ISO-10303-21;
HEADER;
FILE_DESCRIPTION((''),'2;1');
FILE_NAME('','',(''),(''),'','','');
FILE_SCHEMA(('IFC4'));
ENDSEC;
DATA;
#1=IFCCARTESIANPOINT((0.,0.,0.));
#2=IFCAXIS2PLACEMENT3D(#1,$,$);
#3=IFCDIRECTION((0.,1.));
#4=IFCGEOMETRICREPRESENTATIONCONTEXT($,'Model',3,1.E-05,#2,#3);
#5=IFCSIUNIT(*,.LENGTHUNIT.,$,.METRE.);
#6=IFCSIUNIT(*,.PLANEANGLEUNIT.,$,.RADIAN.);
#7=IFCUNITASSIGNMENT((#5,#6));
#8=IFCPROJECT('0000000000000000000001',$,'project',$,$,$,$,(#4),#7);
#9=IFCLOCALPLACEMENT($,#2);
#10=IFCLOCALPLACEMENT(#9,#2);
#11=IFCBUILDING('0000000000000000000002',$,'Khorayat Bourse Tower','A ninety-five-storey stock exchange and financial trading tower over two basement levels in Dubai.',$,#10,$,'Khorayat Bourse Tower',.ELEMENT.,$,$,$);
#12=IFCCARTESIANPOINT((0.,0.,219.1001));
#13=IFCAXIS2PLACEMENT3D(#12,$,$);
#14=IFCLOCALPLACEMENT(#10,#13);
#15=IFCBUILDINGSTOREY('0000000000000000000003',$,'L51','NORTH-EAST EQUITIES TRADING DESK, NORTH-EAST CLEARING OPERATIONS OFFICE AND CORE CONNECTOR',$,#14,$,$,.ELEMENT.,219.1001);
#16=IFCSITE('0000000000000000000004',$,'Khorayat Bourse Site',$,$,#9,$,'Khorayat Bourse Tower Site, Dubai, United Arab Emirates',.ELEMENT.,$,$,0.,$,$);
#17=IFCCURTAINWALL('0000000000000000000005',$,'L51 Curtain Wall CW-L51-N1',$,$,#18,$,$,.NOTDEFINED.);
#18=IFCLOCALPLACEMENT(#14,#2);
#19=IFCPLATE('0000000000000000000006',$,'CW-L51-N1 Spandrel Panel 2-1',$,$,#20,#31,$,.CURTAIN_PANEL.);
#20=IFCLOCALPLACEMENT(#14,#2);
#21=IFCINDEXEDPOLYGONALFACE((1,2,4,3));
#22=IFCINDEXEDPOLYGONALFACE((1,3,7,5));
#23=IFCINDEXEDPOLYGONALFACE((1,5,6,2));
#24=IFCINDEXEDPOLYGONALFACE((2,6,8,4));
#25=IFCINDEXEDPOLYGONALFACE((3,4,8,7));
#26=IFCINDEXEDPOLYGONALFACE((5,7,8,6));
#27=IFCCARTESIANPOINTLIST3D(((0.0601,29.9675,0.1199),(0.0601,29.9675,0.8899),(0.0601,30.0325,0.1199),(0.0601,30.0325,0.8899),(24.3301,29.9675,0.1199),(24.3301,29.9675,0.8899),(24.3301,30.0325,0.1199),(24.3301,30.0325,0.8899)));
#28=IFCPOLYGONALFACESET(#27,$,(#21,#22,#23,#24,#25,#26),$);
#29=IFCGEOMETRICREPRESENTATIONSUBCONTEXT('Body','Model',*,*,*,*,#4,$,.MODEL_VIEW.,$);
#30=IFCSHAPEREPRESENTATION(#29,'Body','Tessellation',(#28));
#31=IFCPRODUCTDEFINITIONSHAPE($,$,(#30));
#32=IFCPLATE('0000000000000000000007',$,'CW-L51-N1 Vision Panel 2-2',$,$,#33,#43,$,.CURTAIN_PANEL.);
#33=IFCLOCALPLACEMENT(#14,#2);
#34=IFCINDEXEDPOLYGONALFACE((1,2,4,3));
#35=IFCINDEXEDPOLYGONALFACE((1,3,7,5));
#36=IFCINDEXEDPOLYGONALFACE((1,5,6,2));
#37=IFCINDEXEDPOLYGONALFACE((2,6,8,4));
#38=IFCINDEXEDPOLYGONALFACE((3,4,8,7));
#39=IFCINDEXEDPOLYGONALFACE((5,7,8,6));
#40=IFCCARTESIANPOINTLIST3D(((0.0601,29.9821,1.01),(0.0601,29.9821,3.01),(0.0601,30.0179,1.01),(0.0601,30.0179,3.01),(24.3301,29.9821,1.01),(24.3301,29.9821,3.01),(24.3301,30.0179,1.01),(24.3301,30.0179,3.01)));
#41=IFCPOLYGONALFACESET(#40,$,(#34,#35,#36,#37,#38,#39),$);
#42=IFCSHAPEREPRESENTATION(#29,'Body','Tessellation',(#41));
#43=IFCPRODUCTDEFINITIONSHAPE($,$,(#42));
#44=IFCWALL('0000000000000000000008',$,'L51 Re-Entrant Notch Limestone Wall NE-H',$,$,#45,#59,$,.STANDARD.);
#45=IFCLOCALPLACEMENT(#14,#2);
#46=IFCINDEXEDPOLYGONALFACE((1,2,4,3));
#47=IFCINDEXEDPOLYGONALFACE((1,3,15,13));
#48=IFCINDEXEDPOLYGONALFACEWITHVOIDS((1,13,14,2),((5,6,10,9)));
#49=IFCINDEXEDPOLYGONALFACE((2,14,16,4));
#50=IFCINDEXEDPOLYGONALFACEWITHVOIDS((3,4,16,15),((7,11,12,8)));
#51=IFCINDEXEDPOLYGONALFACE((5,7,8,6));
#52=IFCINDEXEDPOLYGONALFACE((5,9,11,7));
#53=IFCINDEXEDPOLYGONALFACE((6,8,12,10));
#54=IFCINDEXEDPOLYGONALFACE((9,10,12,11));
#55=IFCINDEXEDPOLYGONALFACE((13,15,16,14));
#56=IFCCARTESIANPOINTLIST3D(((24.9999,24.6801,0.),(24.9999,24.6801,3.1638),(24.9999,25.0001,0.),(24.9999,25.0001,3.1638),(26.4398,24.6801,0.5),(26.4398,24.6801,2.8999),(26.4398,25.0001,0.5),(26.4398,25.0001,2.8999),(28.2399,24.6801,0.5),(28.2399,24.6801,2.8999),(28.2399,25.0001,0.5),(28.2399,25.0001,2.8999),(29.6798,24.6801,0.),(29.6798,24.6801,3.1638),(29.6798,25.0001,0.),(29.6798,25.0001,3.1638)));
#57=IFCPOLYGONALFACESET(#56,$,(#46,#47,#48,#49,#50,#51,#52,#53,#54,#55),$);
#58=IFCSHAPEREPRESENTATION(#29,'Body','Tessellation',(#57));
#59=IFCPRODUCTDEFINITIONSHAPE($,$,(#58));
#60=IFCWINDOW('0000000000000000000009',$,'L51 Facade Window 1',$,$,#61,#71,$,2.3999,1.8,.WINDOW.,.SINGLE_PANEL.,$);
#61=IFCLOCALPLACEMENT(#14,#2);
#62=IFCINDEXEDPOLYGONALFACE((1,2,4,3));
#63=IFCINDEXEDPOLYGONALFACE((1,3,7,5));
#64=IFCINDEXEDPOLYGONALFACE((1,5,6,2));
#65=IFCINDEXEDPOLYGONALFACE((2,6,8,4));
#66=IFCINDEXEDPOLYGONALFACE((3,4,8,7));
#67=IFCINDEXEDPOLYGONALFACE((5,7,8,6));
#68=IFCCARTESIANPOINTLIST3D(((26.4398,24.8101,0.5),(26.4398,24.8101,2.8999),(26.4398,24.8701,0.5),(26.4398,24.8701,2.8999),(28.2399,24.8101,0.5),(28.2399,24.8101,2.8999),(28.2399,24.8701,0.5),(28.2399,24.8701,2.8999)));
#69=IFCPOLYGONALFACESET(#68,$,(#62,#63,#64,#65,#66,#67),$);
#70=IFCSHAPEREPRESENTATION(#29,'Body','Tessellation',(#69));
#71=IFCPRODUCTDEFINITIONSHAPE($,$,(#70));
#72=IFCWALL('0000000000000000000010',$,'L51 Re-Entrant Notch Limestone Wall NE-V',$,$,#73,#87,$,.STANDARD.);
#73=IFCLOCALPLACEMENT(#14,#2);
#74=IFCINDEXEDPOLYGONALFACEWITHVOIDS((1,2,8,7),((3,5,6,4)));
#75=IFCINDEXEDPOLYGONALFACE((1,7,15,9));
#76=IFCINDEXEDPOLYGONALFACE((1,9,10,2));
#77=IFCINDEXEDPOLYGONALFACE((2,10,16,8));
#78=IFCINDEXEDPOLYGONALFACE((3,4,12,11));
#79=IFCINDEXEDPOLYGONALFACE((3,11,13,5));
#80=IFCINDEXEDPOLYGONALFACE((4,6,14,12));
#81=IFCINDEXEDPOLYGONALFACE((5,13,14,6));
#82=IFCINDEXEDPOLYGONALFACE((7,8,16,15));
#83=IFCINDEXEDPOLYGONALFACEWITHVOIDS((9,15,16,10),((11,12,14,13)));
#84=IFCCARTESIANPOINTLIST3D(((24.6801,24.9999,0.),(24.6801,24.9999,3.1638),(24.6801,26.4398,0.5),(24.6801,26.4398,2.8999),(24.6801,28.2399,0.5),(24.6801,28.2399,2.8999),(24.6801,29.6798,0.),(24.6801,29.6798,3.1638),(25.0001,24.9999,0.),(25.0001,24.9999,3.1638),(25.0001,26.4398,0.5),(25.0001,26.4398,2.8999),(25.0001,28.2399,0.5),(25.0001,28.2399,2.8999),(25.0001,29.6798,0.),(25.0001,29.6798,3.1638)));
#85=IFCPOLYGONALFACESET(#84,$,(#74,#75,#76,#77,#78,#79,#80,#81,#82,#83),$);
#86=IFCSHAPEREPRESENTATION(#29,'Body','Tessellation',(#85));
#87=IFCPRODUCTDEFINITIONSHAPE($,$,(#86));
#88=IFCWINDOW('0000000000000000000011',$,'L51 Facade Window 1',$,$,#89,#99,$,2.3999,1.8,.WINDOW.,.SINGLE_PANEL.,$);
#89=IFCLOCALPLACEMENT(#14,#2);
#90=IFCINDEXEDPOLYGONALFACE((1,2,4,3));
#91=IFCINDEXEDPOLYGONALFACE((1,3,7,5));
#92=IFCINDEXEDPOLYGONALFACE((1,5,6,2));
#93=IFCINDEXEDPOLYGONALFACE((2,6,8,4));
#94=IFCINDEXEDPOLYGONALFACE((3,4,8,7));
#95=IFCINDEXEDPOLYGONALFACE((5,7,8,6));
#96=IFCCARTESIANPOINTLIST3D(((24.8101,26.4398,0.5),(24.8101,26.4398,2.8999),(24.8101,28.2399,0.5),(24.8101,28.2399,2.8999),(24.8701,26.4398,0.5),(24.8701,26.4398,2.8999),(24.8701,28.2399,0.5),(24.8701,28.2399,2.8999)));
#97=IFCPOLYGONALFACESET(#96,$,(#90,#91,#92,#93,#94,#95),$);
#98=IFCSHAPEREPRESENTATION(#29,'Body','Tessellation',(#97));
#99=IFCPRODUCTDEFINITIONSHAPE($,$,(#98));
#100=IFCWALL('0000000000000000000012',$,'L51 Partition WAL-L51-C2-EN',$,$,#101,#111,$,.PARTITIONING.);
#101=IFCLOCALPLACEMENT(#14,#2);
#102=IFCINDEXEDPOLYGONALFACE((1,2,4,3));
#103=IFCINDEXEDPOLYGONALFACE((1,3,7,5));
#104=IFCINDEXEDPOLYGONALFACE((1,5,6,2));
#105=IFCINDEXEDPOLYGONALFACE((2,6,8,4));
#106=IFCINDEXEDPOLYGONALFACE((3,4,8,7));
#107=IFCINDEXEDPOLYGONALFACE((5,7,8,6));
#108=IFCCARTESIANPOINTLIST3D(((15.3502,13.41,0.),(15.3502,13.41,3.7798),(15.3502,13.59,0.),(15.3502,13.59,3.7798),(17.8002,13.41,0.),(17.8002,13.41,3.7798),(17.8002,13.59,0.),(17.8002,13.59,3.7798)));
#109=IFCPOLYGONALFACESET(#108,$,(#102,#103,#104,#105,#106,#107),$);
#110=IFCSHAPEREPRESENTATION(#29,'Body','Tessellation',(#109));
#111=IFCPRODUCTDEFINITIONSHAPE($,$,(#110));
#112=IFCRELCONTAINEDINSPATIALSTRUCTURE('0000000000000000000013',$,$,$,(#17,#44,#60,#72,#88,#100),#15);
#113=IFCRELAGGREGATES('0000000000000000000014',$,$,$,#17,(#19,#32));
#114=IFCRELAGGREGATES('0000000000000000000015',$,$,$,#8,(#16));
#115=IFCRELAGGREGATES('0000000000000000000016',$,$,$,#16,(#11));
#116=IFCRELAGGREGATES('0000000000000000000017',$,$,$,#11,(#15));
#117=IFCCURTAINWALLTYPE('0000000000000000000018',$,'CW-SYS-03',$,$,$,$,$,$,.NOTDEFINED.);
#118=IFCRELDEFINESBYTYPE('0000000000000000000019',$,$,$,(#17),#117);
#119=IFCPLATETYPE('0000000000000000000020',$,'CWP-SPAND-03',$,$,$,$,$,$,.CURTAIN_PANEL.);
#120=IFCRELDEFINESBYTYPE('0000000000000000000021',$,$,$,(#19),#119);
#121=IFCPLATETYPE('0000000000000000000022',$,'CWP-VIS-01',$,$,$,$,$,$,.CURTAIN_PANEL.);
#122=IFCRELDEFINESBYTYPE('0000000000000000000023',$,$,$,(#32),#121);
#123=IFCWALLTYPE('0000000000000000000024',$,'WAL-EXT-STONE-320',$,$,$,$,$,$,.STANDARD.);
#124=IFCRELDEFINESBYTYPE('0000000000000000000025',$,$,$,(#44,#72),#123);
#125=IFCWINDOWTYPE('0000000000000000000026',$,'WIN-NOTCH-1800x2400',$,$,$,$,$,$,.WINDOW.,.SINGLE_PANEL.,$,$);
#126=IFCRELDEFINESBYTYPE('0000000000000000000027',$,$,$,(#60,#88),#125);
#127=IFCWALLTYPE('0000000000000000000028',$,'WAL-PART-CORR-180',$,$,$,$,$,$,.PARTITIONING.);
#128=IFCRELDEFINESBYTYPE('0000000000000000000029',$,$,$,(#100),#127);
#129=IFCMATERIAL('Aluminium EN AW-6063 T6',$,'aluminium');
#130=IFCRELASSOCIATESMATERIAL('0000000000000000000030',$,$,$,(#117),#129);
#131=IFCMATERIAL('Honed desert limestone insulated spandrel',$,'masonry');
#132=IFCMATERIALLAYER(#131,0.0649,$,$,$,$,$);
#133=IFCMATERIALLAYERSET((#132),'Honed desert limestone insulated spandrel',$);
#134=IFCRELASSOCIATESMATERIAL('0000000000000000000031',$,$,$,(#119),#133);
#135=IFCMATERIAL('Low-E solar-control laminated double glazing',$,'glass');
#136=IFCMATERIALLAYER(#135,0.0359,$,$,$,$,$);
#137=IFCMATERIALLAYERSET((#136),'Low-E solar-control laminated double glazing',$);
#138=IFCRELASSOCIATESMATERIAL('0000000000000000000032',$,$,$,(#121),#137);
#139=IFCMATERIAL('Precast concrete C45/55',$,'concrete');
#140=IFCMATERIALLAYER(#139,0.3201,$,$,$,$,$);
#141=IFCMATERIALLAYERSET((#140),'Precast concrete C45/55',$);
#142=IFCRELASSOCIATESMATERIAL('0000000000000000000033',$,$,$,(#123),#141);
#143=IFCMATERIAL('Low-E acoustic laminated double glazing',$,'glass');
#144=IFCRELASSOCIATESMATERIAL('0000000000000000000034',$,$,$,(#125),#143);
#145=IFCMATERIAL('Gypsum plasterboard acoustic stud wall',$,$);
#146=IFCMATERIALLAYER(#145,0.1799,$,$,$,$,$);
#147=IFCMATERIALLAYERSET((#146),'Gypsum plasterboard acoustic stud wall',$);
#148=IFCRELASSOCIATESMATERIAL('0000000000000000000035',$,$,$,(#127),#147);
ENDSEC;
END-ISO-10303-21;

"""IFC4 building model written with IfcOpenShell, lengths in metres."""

from ifc_helpers import new_model, si_unit, direction, frame, frame_2d, origin, origin_2d, place, context, subcontext, project, spatial, rectangle, extrude, source, transform, mapped, material, layer, layer_set, type_object, element, fill, aggregate, save


model = new_model("IFC4")

# Units and contexts
model_context = context("Model", 3, precision=1e-05, world=origin(), true_north=direction((0.0, 1.0)))
body_context = subcontext(model_context, "Body", "Model", "MODEL_VIEW")
ifc_project = project(units=[si_unit("LENGTHUNIT", "METRE"), si_unit("PLANEANGLEUNIT", "RADIAN")], contexts=[model_context])

# Site, building, storey
site_placement = place(None, origin())
site = spatial("IfcSite", under=ifc_project, at=site_placement, Name="Khorayat Bourse Site", LongName="Khorayat Bourse Tower Site, Dubai, United Arab Emirates", CompositionType="ELEMENT", RefElevation=0.0)
building_placement = place(site_placement, origin())
building = spatial("IfcBuilding", under=site, at=building_placement, Name="Khorayat Bourse Tower", Description="A ninety-five-storey stock exchange and financial trading tower over two basement levels in Dubai.", LongName="Khorayat Bourse Tower", CompositionType="ELEMENT")
storey_placement = place(building_placement, frame((0.0, 0.0, 219.1001)))
storey = spatial("IfcBuildingStorey", under=building, at=storey_placement, Name="L51", Description="NORTH-EAST EQUITIES TRADING DESK, NORTH-EAST CLEARING OPERATIONS OFFICE AND CORE CONNECTOR", CompositionType="ELEMENT", Elevation=219.1001)

# Curtain wall
ifc_material_1 = material(Name="Aluminium EN AW-6063 T6", Category="aluminium")
curtain_wall_type = type_object("IfcCurtainWallType", Name="CW-SYS-03", PredefinedType="NOTDEFINED", material=ifc_material_1)
curtain_wall_1_placement = place(storey_placement, origin())
curtain_wall_1 = element("IfcCurtainWall", 1, at=curtain_wall_1_placement, inside=storey, type_object=curtain_wall_type, Name="L51 Curtain Wall CW-L51-N1", PredefinedType="NOTDEFINED")

# Plates
ifc_material_2 = material(Name="Honed desert limestone insulated spandrel", Category="masonry")
ifc_layer_1 = layer(ifc_material_2, 0.0649)
ifc_layer_set_1 = layer_set([ifc_layer_1], Name="Honed desert limestone insulated spandrel")
plate_type_1 = type_object("IfcPlateType", Name="CWP-SPAND-03", PredefinedType="CURTAIN_PANEL", material=ifc_layer_set_1)
shared_shape_1 = source(origin(), body_context, "Body", "SweptSolid", [
    extrude(rectangle(XDim=24.27, YDim=0.0649, at=origin_2d()), origin(), (0.0, 0.0, 1.0), 0.77),
])
plate_1_placement = place(storey_placement, frame((12.1951, 30.0, 0.1199), z_axis=(0.0, 0.0, 1.0), x_axis=(1.0, 0.0, 0.0)))
plate_1 = element("IfcPlate", 2, at=plate_1_placement, type_object=plate_type_1, Name="CW-L51-N1 Spandrel Panel 2-1", PredefinedType="CURTAIN_PANEL", context=body_context, shape_type="MappedRepresentation", body=[
    mapped(shared_shape_1, transform((0.0, 0.0, 0.0), scale=1.0)),
])
ifc_material_3 = material(Name="Low-E solar-control laminated double glazing", Category="glass")
ifc_layer_2 = layer(ifc_material_3, 0.0359)
ifc_layer_set_2 = layer_set([ifc_layer_2], Name="Low-E solar-control laminated double glazing")
plate_type_2 = type_object("IfcPlateType", Name="CWP-VIS-01", PredefinedType="CURTAIN_PANEL", material=ifc_layer_set_2)
shared_shape_2 = source(origin(), body_context, "Body", "SweptSolid", [
    extrude(rectangle(XDim=24.27, YDim=0.0359, at=origin_2d()), origin(), (0.0, 0.0, 1.0), 2.0),
])
plate_2_placement = place(storey_placement, frame((12.1951, 30.0, 1.01), z_axis=(0.0, 0.0, 1.0), x_axis=(1.0, 0.0, 0.0)))
plate_2 = element("IfcPlate", 3, at=plate_2_placement, type_object=plate_type_2, Name="CW-L51-N1 Vision Panel 2-2", PredefinedType="CURTAIN_PANEL", context=body_context, shape_type="MappedRepresentation", body=[
    mapped(shared_shape_2, transform((0.0, 0.0, 0.0), scale=1.0)),
])
aggregate(curtain_wall_1, [plate_1, plate_2])

# Walls, openings, windows
ifc_material_4 = material(Name="Precast concrete C45/55", Category="concrete")
ifc_layer_3 = layer(ifc_material_4, 0.3201)
ifc_layer_set_3 = layer_set([ifc_layer_3], Name="Precast concrete C45/55")
wall_type_1 = type_object("IfcWallType", Name="WAL-EXT-STONE-320", PredefinedType="STANDARD", material=ifc_layer_set_3)
shared_shape_3 = source(origin(), body_context, "Body", "SweptSolid", [
    extrude(rectangle(XDim=4.6799, YDim=0.3201, at=frame_2d((2.3398, 0.0))), origin(), (0.0, 0.0, 1.0), 3.1638),
])
wall_1_placement = place(storey_placement, frame((25.0, 24.8401, 0.0), z_axis=(0.0, 0.0, 1.0), x_axis=(1.0, 0.0, 0.0)))
wall_1 = element("IfcWall", 4, at=wall_1_placement, inside=storey, type_object=wall_type_1, Name="L51 Re-Entrant Notch Limestone Wall NE-H", PredefinedType="STANDARD", context=body_context, shape_type="MappedRepresentation", body=[
    mapped(shared_shape_3, transform((0.0, 0.0, 0.0), scale=1.0)),
])
shared_shape_4 = source(origin(), body_context, "Body", "SweptSolid", [
    extrude(rectangle(XDim=1.8, YDim=2.3999, at=frame_2d((0.8999, 1.2))), frame((0.0, 0.1699, 0.0), z_axis=(0.0, -1.0, 0.0), x_axis=(1.0, 0.0, 0.0)), (0.0, 0.0, 1.0), 0.3401),
])
opening_1_placement = place(wall_1_placement, frame((1.4399, 0.0, 0.5)))
opening_1 = element("IfcOpeningElement", 5, at=opening_1_placement, cuts=wall_1, PredefinedType="OPENING", context=body_context, shape_type="MappedRepresentation", body=[
    mapped(shared_shape_4, transform((0.0, 0.0, 0.0), scale=1.0)),
])
ifc_material_5 = material(Name="Low-E acoustic laminated double glazing", Category="glass")
window_type = type_object("IfcWindowType", Name="WIN-NOTCH-1800x2400", PartitioningType="SINGLE_PANEL", PredefinedType="WINDOW", material=ifc_material_5)
shared_shape_5 = source(origin(), body_context, "Body", "SweptSolid", [
    extrude(rectangle(XDim=1.8, YDim=2.3999, at=frame_2d((0.8999, 1.2))), frame((0.0, 0.03, 0.0), z_axis=(0.0, -1.0, 0.0), x_axis=(1.0, 0.0, 0.0)), (0.0, 0.0, 1.0), 0.0601),
])
window_1_placement = place(opening_1_placement, origin())
window_1 = element("IfcWindow", 6, at=window_1_placement, inside=storey, type_object=window_type, Name="L51 Facade Window 1", OverallHeight=2.3999, OverallWidth=1.8, PartitioningType="SINGLE_PANEL", PredefinedType="WINDOW", context=body_context, shape_type="MappedRepresentation", body=[
    mapped(shared_shape_5, transform((0.0, 0.0, 0.0), scale=1.0)),
])
fill(opening_1, window_1)
wall_2_placement = place(storey_placement, frame((24.8401, 25.0, 0.0), z_axis=(0.0, 0.0, 1.0), x_axis=(0.0, 1.0, 0.0)))
wall_2 = element("IfcWall", 7, at=wall_2_placement, inside=storey, type_object=wall_type_1, Name="L51 Re-Entrant Notch Limestone Wall NE-V", PredefinedType="STANDARD", context=body_context, shape_type="MappedRepresentation", body=[
    mapped(shared_shape_3, transform((0.0, 0.0, 0.0), scale=1.0)),
])
opening_2_placement = place(wall_2_placement, frame((1.4399, 0.0, 0.5)))
opening_2 = element("IfcOpeningElement", 8, at=opening_2_placement, cuts=wall_2, PredefinedType="OPENING", context=body_context, shape_type="MappedRepresentation", body=[
    mapped(shared_shape_4, transform((0.0, 0.0, 0.0), scale=1.0)),
])
window_2_placement = place(opening_2_placement, origin())
window_2 = element("IfcWindow", 9, at=window_2_placement, inside=storey, type_object=window_type, Name="L51 Facade Window 1", OverallHeight=2.3999, OverallWidth=1.8, PartitioningType="SINGLE_PANEL", PredefinedType="WINDOW", context=body_context, shape_type="MappedRepresentation", body=[
    mapped(shared_shape_5, transform((0.0, 0.0, 0.0), scale=1.0)),
])
fill(opening_2, window_2)

# Wall
ifc_material_6 = material(Name="Gypsum plasterboard acoustic stud wall")
ifc_layer_4 = layer(ifc_material_6, 0.1799)
ifc_layer_set_4 = layer_set([ifc_layer_4], Name="Gypsum plasterboard acoustic stud wall")
wall_type_2 = type_object("IfcWallType", Name="WAL-PART-CORR-180", PredefinedType="PARTITIONING", material=ifc_layer_set_4)
shared_shape_6 = source(origin(), body_context, "Body", "SweptSolid", [
    extrude(rectangle(XDim=2.45, YDim=0.1799, at=frame_2d((1.2251, 0.0))), origin(), (0.0, 0.0, 1.0), 3.7798),
])
wall_3_placement = place(storey_placement, frame((15.3501, 13.5, 0.0), z_axis=(0.0, 0.0, 1.0), x_axis=(1.0, 0.0, 0.0)))
element("IfcWall", 10, at=wall_3_placement, inside=storey, type_object=wall_type_2, Name="L51 Partition WAL-L51-C2-EN", PredefinedType="PARTITIONING", context=body_context, shape_type="MappedRepresentation", body=[
    mapped(shared_shape_6, transform((0.0, 0.0, 0.0), scale=1.0)),
])

save(model, "model.ifc")
